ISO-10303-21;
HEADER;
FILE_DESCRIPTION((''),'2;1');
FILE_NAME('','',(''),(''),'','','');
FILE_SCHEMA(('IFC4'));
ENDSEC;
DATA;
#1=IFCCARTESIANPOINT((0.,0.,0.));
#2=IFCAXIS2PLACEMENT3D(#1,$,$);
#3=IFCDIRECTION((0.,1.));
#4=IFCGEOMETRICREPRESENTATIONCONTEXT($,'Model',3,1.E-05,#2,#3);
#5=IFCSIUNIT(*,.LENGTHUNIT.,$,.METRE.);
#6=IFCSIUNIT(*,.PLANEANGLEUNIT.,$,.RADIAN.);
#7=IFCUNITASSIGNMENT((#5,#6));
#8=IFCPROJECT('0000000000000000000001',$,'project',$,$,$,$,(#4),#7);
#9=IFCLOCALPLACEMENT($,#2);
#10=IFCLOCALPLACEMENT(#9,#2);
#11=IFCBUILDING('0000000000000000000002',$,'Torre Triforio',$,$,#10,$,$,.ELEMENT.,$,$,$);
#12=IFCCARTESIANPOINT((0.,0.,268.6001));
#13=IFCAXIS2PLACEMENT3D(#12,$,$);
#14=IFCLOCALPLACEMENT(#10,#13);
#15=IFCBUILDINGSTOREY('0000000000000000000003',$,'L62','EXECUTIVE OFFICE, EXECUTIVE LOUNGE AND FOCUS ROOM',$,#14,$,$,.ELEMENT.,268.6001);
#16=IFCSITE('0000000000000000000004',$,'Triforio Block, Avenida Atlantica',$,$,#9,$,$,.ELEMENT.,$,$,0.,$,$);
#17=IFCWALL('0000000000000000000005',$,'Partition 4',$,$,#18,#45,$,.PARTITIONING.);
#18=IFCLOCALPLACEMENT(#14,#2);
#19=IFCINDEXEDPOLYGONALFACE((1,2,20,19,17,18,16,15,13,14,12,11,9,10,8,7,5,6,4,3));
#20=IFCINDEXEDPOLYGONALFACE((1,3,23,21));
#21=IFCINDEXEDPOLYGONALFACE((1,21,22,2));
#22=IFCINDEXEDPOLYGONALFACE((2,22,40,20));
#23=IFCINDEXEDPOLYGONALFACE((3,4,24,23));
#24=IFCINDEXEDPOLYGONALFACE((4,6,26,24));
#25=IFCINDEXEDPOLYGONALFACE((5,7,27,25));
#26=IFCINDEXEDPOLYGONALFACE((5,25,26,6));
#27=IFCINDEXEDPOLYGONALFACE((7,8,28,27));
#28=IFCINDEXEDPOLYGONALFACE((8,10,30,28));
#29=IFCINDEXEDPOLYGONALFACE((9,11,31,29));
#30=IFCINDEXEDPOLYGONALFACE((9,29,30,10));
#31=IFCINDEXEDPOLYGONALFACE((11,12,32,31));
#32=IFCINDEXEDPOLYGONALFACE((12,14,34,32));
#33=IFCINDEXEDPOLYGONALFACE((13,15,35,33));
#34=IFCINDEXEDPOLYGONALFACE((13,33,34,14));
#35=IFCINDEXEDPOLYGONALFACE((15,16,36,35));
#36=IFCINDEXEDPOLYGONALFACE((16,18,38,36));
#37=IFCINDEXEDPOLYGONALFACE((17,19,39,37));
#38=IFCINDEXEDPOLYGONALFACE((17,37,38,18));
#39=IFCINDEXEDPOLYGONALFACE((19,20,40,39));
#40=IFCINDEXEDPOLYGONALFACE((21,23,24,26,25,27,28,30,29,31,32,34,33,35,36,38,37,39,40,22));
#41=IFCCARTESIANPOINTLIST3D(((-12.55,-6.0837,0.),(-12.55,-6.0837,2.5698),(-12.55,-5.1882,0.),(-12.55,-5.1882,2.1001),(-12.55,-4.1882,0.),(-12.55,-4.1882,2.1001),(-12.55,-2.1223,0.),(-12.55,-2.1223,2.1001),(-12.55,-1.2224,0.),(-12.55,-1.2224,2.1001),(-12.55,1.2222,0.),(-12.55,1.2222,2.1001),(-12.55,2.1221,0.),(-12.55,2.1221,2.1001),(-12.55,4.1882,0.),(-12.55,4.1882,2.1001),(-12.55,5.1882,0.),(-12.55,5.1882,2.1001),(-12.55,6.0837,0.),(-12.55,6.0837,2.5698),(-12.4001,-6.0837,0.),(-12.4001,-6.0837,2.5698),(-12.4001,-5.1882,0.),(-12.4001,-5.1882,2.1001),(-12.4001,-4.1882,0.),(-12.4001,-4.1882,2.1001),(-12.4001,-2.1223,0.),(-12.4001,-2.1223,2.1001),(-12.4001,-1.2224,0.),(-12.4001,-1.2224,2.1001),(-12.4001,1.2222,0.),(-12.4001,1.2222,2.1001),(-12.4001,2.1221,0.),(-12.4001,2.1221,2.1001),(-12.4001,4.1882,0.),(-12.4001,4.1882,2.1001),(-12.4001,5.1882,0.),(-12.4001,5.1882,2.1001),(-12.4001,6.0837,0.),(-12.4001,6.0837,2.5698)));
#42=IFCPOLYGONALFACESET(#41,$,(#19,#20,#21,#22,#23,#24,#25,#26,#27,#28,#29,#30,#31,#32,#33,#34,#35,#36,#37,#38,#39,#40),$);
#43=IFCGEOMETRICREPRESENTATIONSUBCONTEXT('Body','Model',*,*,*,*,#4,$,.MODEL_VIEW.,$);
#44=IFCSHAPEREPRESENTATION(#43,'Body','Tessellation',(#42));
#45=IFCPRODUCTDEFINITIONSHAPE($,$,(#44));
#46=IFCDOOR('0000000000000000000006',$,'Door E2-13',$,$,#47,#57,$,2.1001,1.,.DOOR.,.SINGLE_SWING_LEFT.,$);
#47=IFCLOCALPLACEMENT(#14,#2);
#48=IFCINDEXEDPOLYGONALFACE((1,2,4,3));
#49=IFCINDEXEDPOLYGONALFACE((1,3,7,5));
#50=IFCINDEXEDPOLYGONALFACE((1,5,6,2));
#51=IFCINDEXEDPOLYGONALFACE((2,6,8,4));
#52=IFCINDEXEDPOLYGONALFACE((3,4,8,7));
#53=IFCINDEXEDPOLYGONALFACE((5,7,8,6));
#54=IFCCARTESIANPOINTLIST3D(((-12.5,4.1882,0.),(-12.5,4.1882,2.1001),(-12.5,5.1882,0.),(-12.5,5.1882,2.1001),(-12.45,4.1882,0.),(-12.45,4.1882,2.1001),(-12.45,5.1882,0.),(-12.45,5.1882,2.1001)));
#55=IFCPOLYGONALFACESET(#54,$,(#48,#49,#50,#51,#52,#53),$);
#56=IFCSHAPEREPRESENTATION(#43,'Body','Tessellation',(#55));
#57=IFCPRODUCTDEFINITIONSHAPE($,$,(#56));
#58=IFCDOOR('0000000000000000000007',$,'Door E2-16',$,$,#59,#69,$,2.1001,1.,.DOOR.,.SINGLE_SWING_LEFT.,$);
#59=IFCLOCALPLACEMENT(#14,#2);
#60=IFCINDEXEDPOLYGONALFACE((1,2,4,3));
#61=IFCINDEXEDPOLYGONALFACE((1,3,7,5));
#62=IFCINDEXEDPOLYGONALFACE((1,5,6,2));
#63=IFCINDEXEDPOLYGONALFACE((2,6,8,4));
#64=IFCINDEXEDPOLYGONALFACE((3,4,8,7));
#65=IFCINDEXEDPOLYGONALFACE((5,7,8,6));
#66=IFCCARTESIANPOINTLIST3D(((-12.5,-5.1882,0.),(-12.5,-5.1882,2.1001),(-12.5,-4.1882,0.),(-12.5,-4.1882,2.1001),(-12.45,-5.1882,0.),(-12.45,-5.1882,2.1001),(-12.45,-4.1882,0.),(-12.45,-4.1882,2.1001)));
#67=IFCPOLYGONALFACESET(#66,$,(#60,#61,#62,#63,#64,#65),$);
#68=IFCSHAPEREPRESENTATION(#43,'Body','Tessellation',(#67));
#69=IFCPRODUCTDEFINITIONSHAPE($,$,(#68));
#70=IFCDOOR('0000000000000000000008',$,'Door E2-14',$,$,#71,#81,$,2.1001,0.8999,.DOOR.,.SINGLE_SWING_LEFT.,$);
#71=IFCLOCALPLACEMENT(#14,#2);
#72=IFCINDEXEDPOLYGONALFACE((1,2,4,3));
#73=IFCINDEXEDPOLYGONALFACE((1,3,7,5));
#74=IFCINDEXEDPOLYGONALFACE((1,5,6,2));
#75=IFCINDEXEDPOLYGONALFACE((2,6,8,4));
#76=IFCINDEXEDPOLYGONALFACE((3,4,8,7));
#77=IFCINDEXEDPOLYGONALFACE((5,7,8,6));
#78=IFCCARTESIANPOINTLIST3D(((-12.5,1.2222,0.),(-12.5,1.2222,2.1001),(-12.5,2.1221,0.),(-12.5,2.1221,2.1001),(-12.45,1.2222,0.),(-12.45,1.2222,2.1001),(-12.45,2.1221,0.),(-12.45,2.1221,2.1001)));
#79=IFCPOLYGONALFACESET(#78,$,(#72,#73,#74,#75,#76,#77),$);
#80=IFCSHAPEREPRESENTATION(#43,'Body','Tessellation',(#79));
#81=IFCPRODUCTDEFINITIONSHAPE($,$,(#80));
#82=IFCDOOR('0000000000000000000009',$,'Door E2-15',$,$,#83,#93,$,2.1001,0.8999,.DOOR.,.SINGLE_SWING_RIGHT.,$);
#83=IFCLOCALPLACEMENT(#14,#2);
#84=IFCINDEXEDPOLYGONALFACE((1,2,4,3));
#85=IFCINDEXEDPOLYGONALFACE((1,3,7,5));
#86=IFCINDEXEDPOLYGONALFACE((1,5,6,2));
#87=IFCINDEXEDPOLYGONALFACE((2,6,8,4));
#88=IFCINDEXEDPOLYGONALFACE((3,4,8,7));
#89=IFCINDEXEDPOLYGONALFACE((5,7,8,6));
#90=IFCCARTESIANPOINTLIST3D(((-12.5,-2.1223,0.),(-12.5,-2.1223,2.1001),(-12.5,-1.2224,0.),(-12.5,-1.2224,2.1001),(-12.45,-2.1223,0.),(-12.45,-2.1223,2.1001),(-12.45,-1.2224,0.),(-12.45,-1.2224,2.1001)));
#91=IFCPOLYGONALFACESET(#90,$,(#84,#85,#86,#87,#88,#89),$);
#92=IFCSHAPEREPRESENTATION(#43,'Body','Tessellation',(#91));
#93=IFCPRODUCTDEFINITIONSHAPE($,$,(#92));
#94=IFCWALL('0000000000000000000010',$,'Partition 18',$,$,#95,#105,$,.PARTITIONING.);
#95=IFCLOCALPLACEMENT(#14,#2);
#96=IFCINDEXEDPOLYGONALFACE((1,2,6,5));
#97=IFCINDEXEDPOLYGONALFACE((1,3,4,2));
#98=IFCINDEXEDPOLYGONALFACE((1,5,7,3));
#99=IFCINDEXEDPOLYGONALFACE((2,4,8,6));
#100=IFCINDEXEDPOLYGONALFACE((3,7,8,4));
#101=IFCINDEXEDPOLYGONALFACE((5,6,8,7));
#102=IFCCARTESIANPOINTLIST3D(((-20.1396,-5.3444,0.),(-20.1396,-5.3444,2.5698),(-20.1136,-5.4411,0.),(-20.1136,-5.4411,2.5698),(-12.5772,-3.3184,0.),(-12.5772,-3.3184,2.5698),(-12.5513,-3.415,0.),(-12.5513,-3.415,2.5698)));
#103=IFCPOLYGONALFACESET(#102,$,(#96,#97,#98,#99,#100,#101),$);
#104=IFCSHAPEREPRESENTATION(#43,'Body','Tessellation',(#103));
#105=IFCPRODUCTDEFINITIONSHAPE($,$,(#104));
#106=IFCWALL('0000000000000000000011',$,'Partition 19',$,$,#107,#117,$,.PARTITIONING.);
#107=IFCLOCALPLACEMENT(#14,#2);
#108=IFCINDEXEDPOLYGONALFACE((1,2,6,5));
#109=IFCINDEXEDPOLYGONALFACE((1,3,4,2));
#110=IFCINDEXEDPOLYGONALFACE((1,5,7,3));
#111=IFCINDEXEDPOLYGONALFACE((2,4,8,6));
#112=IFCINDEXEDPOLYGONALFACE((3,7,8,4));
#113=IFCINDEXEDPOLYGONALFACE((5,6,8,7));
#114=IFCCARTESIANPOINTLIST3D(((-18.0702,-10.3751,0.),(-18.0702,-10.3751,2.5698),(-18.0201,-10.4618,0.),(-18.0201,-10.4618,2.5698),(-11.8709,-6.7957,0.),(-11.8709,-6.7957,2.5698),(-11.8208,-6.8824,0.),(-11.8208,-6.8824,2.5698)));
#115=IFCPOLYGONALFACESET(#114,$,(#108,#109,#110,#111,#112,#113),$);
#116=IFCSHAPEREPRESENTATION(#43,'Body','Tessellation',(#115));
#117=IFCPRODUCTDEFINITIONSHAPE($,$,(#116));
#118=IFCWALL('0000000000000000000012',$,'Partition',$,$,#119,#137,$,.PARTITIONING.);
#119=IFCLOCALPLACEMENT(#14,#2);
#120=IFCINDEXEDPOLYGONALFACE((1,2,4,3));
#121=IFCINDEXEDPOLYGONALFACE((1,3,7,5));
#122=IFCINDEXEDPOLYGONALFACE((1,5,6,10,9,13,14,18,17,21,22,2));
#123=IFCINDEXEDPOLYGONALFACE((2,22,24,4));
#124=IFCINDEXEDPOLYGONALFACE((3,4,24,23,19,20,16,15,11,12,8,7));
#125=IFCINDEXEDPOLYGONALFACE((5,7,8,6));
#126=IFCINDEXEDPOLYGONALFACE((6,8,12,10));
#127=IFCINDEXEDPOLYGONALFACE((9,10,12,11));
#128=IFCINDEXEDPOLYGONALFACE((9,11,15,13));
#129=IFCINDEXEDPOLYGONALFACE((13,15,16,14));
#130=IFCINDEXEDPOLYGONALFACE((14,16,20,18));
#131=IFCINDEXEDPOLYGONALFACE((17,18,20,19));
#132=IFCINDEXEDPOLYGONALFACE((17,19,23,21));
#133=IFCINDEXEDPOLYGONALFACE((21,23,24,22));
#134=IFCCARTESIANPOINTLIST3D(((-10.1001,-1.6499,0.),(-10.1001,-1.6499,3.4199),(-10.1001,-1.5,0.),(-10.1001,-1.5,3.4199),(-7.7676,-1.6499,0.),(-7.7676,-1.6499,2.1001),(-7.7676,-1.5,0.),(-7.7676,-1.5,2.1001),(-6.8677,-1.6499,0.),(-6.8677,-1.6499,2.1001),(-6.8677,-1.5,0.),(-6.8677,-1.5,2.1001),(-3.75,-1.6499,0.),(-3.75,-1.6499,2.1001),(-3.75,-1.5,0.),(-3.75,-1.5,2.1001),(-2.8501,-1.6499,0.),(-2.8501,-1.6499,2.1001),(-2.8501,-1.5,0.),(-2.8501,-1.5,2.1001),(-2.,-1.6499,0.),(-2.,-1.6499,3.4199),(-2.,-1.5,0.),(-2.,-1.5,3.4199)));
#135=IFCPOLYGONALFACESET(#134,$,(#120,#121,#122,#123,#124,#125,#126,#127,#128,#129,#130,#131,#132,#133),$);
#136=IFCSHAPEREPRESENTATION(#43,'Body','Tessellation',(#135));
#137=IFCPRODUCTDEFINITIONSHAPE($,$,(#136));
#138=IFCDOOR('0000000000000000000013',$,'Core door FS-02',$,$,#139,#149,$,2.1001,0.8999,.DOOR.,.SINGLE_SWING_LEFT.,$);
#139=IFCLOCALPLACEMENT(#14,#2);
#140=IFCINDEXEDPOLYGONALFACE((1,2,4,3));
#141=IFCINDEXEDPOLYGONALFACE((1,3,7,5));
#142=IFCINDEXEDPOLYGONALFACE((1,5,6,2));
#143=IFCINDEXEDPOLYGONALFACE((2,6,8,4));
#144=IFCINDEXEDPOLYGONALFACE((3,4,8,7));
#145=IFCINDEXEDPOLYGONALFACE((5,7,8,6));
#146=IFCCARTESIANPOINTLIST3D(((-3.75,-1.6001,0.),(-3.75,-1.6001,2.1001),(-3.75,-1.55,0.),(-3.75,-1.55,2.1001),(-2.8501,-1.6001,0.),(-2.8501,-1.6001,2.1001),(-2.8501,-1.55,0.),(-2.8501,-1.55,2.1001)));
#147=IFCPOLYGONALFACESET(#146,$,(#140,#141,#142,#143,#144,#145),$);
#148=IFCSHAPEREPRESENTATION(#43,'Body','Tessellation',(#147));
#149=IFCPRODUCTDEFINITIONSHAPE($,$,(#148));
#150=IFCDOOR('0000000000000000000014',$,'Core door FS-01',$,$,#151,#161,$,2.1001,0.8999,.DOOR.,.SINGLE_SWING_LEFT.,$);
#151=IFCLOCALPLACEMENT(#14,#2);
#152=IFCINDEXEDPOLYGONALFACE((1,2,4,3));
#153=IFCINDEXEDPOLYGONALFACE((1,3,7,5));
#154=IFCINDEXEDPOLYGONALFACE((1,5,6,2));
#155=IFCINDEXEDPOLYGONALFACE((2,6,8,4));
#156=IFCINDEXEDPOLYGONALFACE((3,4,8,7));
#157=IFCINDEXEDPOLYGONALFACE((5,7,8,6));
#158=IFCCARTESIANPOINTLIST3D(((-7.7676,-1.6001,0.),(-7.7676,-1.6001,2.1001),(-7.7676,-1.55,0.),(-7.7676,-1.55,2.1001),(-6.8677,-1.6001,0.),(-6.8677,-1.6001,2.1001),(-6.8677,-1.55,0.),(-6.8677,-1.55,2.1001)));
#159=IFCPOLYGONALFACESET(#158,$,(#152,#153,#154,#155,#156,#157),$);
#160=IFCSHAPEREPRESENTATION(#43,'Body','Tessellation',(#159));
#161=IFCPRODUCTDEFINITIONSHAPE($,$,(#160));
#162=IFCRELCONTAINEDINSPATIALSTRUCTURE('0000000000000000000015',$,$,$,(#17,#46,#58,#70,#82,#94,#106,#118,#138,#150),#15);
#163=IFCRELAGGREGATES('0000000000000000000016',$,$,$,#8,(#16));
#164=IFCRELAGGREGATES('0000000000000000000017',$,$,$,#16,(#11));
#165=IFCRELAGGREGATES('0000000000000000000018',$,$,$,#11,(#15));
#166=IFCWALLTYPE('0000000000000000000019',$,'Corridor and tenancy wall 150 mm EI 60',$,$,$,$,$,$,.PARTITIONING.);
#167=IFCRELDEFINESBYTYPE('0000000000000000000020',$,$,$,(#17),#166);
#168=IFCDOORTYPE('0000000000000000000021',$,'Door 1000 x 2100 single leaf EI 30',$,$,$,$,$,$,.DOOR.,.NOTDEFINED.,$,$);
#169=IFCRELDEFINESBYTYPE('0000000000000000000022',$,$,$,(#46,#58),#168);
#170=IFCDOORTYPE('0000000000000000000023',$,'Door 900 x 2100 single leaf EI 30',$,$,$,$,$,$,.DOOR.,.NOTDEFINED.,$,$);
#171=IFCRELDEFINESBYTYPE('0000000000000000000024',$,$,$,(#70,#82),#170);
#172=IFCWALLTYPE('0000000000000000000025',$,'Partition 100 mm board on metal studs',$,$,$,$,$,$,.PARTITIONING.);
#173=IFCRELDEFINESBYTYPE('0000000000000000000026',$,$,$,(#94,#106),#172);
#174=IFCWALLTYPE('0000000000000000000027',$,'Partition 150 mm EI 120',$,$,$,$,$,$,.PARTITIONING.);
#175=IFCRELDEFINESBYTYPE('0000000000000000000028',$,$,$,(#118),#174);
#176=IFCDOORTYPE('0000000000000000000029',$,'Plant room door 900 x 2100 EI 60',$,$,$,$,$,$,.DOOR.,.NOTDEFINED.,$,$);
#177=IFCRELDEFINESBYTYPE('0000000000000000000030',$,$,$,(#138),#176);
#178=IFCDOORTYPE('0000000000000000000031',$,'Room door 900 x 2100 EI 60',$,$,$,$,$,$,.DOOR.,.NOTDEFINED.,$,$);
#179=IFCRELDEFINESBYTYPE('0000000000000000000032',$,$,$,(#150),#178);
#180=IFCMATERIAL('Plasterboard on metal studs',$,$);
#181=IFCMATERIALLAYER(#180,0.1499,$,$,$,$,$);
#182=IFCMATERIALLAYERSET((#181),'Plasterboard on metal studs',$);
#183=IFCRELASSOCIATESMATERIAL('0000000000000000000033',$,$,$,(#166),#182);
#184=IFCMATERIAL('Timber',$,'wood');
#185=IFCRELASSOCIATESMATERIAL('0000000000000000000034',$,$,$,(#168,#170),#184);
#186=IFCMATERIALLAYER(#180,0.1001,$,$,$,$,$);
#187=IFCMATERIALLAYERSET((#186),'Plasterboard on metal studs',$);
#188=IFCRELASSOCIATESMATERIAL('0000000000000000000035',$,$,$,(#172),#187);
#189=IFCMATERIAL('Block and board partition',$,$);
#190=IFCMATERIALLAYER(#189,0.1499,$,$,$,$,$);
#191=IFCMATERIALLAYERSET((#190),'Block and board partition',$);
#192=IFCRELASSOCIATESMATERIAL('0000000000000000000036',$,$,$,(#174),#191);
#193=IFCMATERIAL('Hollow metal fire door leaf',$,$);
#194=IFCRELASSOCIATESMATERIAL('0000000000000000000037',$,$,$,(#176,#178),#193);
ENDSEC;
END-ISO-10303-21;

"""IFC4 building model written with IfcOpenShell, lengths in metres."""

from ifc_helpers import new_model, si_unit, direction, frame, frame_2d, origin, place, context, subcontext, project, spatial, rectangle, extrude, material, layer, layer_set, type_object, element, fill, save


model = new_model("IFC4")

# Units and contexts
model_context = context("Model", 3, precision=1e-05, world=origin(), true_north=direction((0.0, 1.0)))
body_context = subcontext(model_context, "Body", "Model", "MODEL_VIEW")
ifc_project = project(units=[si_unit("LENGTHUNIT", "METRE"), si_unit("PLANEANGLEUNIT", "RADIAN")], contexts=[model_context])

# Site, building, storey
site_placement = place(None, origin())
site = spatial("IfcSite", under=ifc_project, at=site_placement, Name="Triforio Block, Avenida Atlantica", CompositionType="ELEMENT", RefElevation=0.0)
building_placement = place(site_placement, origin())
building = spatial("IfcBuilding", under=site, at=building_placement, Name="Torre Triforio", CompositionType="ELEMENT")
storey_placement = place(building_placement, frame((0.0, 0.0, 268.6001)))
storey = spatial("IfcBuildingStorey", under=building, at=storey_placement, Name="L62", Description="EXECUTIVE OFFICE, EXECUTIVE LOUNGE AND FOCUS ROOM", CompositionType="ELEMENT", Elevation=268.6001)

# Shared definitions
ifc_material_1 = material(Name="Hollow metal fire door leaf")

# Wall, openings, doors
ifc_material_2 = material(Name="Plasterboard on metal studs")
ifc_layer_1 = layer(ifc_material_2, 0.1499)
ifc_layer_set_1 = layer_set([ifc_layer_1], Name="Plasterboard on metal studs")
wall_type_1 = type_object("IfcWallType", Name="Corridor and tenancy wall 150 mm EI 60", PredefinedType="PARTITIONING", material=ifc_layer_set_1)
wall_1_placement = place(storey_placement, frame((-12.4751, -6.0837, 0.0), z_axis=(0.0, 0.0, 1.0), x_axis=(0.0, 1.0, 0.0)))
wall_1 = element("IfcWall", 1, at=wall_1_placement, inside=storey, type_object=wall_type_1, Name="Partition 4", PredefinedType="PARTITIONING", context=body_context, shape_type="SweptSolid", body=[
    extrude(rectangle(XDim=12.1675, YDim=0.1499, at=frame_2d((6.0837, 0.0))), origin(), (0.0, 0.0, 1.0), 2.5698),
])
opening_1_placement = place(wall_1_placement, frame((10.272, 0.0, 0.0)))
opening_1 = element("IfcOpeningElement", 2, at=opening_1_placement, cuts=wall_1, PredefinedType="OPENING", context=body_context, shape_type="SweptSolid", body=[
    extrude(rectangle(XDim=1.0, YDim=2.1001, at=frame_2d((0.5, 1.05))), frame((0.0, 0.085, 0.0), z_axis=(0.0, -1.0, 0.0), x_axis=(1.0, 0.0, 0.0)), (0.0, 0.0, 1.0), 0.1699),
])
opening_2_placement = place(wall_1_placement, frame((7.3059, 0.0, 0.0)))
opening_2 = element("IfcOpeningElement", 3, at=opening_2_placement, cuts=wall_1, PredefinedType="OPENING", context=body_context, shape_type="SweptSolid", body=[
    extrude(rectangle(XDim=0.8999, YDim=2.1001, at=frame_2d((0.45, 1.05))), frame((0.0, 0.085, 0.0), z_axis=(0.0, -1.0, 0.0), x_axis=(1.0, 0.0, 0.0)), (0.0, 0.0, 1.0), 0.1699),
])
opening_3_placement = place(wall_1_placement, frame((3.9614, 0.0, 0.0)))
opening_3 = element("IfcOpeningElement", 4, at=opening_3_placement, cuts=wall_1, PredefinedType="OPENING", context=body_context, shape_type="SweptSolid", body=[
    extrude(rectangle(XDim=0.8999, YDim=2.1001, at=frame_2d((0.45, 1.05))), frame((0.0, 0.085, 0.0), z_axis=(0.0, -1.0, 0.0), x_axis=(1.0, 0.0, 0.0)), (0.0, 0.0, 1.0), 0.1699),
])
opening_4_placement = place(wall_1_placement, frame((0.8955, 0.0, 0.0)))
opening_4 = element("IfcOpeningElement", 5, at=opening_4_placement, cuts=wall_1, PredefinedType="OPENING", context=body_context, shape_type="SweptSolid", body=[
    extrude(rectangle(XDim=1.0, YDim=2.1001, at=frame_2d((0.5, 1.05))), frame((0.0, 0.085, 0.0), z_axis=(0.0, -1.0, 0.0), x_axis=(1.0, 0.0, 0.0)), (0.0, 0.0, 1.0), 0.1699),
])
ifc_material_3 = material(Name="Timber", Category="wood")
door_type_1 = type_object("IfcDoorType", Name="Door 1000 x 2100 single leaf EI 30", OperationType="NOTDEFINED", PredefinedType="DOOR", material=ifc_material_3)
door_1_placement = place(opening_1_placement, origin())
door_1 = element("IfcDoor", 6, at=door_1_placement, inside=storey, type_object=door_type_1, Name="Door E2-13", OperationType="SINGLE_SWING_LEFT", OverallHeight=2.1001, OverallWidth=1.0, PredefinedType="DOOR", context=body_context, shape_type="SweptSolid", body=[
    extrude(rectangle(XDim=1.0, YDim=2.1001, at=frame_2d((0.5, 1.05))), frame((0.0, 0.0249, 0.0), z_axis=(0.0, -1.0, 0.0), x_axis=(1.0, 0.0, 0.0)), (0.0, 0.0, 1.0), 0.05),
])
fill(opening_1, door_1)
door_2_placement = place(opening_4_placement, origin())
door_2 = element("IfcDoor", 7, at=door_2_placement, inside=storey, type_object=door_type_1, Name="Door E2-16", OperationType="SINGLE_SWING_LEFT", OverallHeight=2.1001, OverallWidth=1.0, PredefinedType="DOOR", context=body_context, shape_type="SweptSolid", body=[
    extrude(rectangle(XDim=1.0, YDim=2.1001, at=frame_2d((0.5, 1.05))), frame((0.0, 0.0249, 0.0), z_axis=(0.0, -1.0, 0.0), x_axis=(1.0, 0.0, 0.0)), (0.0, 0.0, 1.0), 0.05),
])
fill(opening_4, door_2)
door_type_2 = type_object("IfcDoorType", Name="Door 900 x 2100 single leaf EI 30", OperationType="NOTDEFINED", PredefinedType="DOOR", material=ifc_material_3)
door_3_placement = place(opening_2_placement, origin())
door_3 = element("IfcDoor", 8, at=door_3_placement, inside=storey, type_object=door_type_2, Name="Door E2-14", OperationType="SINGLE_SWING_LEFT", OverallHeight=2.1001, OverallWidth=0.8999, PredefinedType="DOOR", context=body_context, shape_type="SweptSolid", body=[
    extrude(rectangle(XDim=0.8999, YDim=2.1001, at=frame_2d((0.45, 1.05))), frame((0.0, 0.0249, 0.0), z_axis=(0.0, -1.0, 0.0), x_axis=(1.0, 0.0, 0.0)), (0.0, 0.0, 1.0), 0.05),
])
fill(opening_2, door_3)
door_4_placement = place(opening_3_placement, origin())
door_4 = element("IfcDoor", 9, at=door_4_placement, inside=storey, type_object=door_type_2, Name="Door E2-15", OperationType="SINGLE_SWING_RIGHT", OverallHeight=2.1001, OverallWidth=0.8999, PredefinedType="DOOR", context=body_context, shape_type="SweptSolid", body=[
    extrude(rectangle(XDim=0.8999, YDim=2.1001, at=frame_2d((0.45, 1.05))), frame((0.0, 0.0249, 0.0), z_axis=(0.0, -1.0, 0.0), x_axis=(1.0, 0.0, 0.0)), (0.0, 0.0, 1.0), 0.05),
])
fill(opening_3, door_4)

# Walls
ifc_layer_2 = layer(ifc_material_2, 0.1001)
ifc_layer_set_2 = layer_set([ifc_layer_2], Name="Plasterboard on metal studs")
wall_type_2 = type_object("IfcWallType", Name="Partition 100 mm board on metal studs", PredefinedType="PARTITIONING", material=ifc_layer_set_2)
wall_2_placement = place(storey_placement, frame((-12.5642, -3.3667, 0.0), z_axis=(0.0, 0.0, 1.0), x_axis=(-0.965934, -0.25879, 0.0)))
element("IfcWall", 10, at=wall_2_placement, inside=storey, type_object=wall_type_2, Name="Partition 18", PredefinedType="PARTITIONING", context=body_context, shape_type="SweptSolid", body=[
    extrude(rectangle(XDim=7.8291, YDim=0.1001, at=frame_2d((3.9146, 0.0))), origin(), (0.0, 0.0, 1.0), 2.5698),
])
wall_3_placement = place(storey_placement, frame((-11.8459, -6.8391, 0.0), z_axis=(0.0, 0.0, 1.0), x_axis=(-0.866012, -0.500024, 0.0)))
element("IfcWall", 11, at=wall_3_placement, inside=storey, type_object=wall_type_2, Name="Partition 19", PredefinedType="PARTITIONING", context=body_context, shape_type="SweptSolid", body=[
    extrude(rectangle(XDim=7.1584, YDim=0.1001, at=frame_2d((3.5791, 0.0))), origin(), (0.0, 0.0, 1.0), 2.5698),
])

# Wall, openings, doors
ifc_material_4 = material(Name="Block and board partition")
ifc_layer_3 = layer(ifc_material_4, 0.1499)
ifc_layer_set_3 = layer_set([ifc_layer_3], Name="Block and board partition")
wall_type_3 = type_object("IfcWallType", Name="Partition 150 mm EI 120", PredefinedType="PARTITIONING", material=ifc_layer_set_3)
wall_4_placement = place(storey_placement, frame((-10.1001, -1.575, 0.0), z_axis=(0.0, 0.0, 1.0), x_axis=(1.0, 0.0, 0.0)))
wall_4 = element("IfcWall", 12, at=wall_4_placement, inside=storey, type_object=wall_type_3, Name="Partition", PredefinedType="PARTITIONING", context=body_context, shape_type="SweptSolid", body=[
    extrude(rectangle(XDim=8.1001, YDim=0.1499, at=frame_2d((4.05, 0.0))), origin(), (0.0, 0.0, 1.0), 3.4199),
])
opening_5_placement = place(wall_4_placement, frame((2.3325, 0.0, 0.0)))
opening_5 = element("IfcOpeningElement", 13, at=opening_5_placement, cuts=wall_4, PredefinedType="OPENING", context=body_context, shape_type="SweptSolid", body=[
    extrude(rectangle(XDim=0.8999, YDim=2.1001, at=frame_2d((0.45, 1.05))), frame((0.0, 0.085, 0.0), z_axis=(0.0, -1.0, 0.0), x_axis=(1.0, 0.0, 0.0)), (0.0, 0.0, 1.0), 0.1699),
])
opening_6_placement = place(wall_4_placement, frame((6.3501, 0.0, 0.0)))
opening_6 = element("IfcOpeningElement", 14, at=opening_6_placement, cuts=wall_4, PredefinedType="OPENING", context=body_context, shape_type="SweptSolid", body=[
    extrude(rectangle(XDim=0.8999, YDim=2.1001, at=frame_2d((0.45, 1.05))), frame((0.0, 0.085, 0.0), z_axis=(0.0, -1.0, 0.0), x_axis=(1.0, 0.0, 0.0)), (0.0, 0.0, 1.0), 0.1699),
])
door_type_3 = type_object("IfcDoorType", Name="Plant room door 900 x 2100 EI 60", OperationType="NOTDEFINED", PredefinedType="DOOR", material=ifc_material_1)
door_5_placement = place(opening_6_placement, origin())
door_5 = element("IfcDoor", 15, at=door_5_placement, inside=storey, type_object=door_type_3, Name="Core door FS-02", OperationType="SINGLE_SWING_LEFT", OverallHeight=2.1001, OverallWidth=0.8999, PredefinedType="DOOR", context=body_context, shape_type="SweptSolid", body=[
    extrude(rectangle(XDim=0.8999, YDim=2.1001, at=frame_2d((0.45, 1.05))), frame((0.0, 0.0249, 0.0), z_axis=(0.0, -1.0, 0.0), x_axis=(1.0, 0.0, 0.0)), (0.0, 0.0, 1.0), 0.05),
])
fill(opening_6, door_5)
door_type_4 = type_object("IfcDoorType", Name="Room door 900 x 2100 EI 60", OperationType="NOTDEFINED", PredefinedType="DOOR", material=ifc_material_1)
door_6_placement = place(opening_5_placement, origin())
door_6 = element("IfcDoor", 16, at=door_6_placement, inside=storey, type_object=door_type_4, Name="Core door FS-01", OperationType="SINGLE_SWING_LEFT", OverallHeight=2.1001, OverallWidth=0.8999, PredefinedType="DOOR", context=body_context, shape_type="SweptSolid", body=[
    extrude(rectangle(XDim=0.8999, YDim=2.1001, at=frame_2d((0.45, 1.05))), frame((0.0, 0.0249, 0.0), z_axis=(0.0, -1.0, 0.0), x_axis=(1.0, 0.0, 0.0)), (0.0, 0.0, 1.0), 0.05),
])
fill(opening_5, door_6)

save(model, "model.ifc")
